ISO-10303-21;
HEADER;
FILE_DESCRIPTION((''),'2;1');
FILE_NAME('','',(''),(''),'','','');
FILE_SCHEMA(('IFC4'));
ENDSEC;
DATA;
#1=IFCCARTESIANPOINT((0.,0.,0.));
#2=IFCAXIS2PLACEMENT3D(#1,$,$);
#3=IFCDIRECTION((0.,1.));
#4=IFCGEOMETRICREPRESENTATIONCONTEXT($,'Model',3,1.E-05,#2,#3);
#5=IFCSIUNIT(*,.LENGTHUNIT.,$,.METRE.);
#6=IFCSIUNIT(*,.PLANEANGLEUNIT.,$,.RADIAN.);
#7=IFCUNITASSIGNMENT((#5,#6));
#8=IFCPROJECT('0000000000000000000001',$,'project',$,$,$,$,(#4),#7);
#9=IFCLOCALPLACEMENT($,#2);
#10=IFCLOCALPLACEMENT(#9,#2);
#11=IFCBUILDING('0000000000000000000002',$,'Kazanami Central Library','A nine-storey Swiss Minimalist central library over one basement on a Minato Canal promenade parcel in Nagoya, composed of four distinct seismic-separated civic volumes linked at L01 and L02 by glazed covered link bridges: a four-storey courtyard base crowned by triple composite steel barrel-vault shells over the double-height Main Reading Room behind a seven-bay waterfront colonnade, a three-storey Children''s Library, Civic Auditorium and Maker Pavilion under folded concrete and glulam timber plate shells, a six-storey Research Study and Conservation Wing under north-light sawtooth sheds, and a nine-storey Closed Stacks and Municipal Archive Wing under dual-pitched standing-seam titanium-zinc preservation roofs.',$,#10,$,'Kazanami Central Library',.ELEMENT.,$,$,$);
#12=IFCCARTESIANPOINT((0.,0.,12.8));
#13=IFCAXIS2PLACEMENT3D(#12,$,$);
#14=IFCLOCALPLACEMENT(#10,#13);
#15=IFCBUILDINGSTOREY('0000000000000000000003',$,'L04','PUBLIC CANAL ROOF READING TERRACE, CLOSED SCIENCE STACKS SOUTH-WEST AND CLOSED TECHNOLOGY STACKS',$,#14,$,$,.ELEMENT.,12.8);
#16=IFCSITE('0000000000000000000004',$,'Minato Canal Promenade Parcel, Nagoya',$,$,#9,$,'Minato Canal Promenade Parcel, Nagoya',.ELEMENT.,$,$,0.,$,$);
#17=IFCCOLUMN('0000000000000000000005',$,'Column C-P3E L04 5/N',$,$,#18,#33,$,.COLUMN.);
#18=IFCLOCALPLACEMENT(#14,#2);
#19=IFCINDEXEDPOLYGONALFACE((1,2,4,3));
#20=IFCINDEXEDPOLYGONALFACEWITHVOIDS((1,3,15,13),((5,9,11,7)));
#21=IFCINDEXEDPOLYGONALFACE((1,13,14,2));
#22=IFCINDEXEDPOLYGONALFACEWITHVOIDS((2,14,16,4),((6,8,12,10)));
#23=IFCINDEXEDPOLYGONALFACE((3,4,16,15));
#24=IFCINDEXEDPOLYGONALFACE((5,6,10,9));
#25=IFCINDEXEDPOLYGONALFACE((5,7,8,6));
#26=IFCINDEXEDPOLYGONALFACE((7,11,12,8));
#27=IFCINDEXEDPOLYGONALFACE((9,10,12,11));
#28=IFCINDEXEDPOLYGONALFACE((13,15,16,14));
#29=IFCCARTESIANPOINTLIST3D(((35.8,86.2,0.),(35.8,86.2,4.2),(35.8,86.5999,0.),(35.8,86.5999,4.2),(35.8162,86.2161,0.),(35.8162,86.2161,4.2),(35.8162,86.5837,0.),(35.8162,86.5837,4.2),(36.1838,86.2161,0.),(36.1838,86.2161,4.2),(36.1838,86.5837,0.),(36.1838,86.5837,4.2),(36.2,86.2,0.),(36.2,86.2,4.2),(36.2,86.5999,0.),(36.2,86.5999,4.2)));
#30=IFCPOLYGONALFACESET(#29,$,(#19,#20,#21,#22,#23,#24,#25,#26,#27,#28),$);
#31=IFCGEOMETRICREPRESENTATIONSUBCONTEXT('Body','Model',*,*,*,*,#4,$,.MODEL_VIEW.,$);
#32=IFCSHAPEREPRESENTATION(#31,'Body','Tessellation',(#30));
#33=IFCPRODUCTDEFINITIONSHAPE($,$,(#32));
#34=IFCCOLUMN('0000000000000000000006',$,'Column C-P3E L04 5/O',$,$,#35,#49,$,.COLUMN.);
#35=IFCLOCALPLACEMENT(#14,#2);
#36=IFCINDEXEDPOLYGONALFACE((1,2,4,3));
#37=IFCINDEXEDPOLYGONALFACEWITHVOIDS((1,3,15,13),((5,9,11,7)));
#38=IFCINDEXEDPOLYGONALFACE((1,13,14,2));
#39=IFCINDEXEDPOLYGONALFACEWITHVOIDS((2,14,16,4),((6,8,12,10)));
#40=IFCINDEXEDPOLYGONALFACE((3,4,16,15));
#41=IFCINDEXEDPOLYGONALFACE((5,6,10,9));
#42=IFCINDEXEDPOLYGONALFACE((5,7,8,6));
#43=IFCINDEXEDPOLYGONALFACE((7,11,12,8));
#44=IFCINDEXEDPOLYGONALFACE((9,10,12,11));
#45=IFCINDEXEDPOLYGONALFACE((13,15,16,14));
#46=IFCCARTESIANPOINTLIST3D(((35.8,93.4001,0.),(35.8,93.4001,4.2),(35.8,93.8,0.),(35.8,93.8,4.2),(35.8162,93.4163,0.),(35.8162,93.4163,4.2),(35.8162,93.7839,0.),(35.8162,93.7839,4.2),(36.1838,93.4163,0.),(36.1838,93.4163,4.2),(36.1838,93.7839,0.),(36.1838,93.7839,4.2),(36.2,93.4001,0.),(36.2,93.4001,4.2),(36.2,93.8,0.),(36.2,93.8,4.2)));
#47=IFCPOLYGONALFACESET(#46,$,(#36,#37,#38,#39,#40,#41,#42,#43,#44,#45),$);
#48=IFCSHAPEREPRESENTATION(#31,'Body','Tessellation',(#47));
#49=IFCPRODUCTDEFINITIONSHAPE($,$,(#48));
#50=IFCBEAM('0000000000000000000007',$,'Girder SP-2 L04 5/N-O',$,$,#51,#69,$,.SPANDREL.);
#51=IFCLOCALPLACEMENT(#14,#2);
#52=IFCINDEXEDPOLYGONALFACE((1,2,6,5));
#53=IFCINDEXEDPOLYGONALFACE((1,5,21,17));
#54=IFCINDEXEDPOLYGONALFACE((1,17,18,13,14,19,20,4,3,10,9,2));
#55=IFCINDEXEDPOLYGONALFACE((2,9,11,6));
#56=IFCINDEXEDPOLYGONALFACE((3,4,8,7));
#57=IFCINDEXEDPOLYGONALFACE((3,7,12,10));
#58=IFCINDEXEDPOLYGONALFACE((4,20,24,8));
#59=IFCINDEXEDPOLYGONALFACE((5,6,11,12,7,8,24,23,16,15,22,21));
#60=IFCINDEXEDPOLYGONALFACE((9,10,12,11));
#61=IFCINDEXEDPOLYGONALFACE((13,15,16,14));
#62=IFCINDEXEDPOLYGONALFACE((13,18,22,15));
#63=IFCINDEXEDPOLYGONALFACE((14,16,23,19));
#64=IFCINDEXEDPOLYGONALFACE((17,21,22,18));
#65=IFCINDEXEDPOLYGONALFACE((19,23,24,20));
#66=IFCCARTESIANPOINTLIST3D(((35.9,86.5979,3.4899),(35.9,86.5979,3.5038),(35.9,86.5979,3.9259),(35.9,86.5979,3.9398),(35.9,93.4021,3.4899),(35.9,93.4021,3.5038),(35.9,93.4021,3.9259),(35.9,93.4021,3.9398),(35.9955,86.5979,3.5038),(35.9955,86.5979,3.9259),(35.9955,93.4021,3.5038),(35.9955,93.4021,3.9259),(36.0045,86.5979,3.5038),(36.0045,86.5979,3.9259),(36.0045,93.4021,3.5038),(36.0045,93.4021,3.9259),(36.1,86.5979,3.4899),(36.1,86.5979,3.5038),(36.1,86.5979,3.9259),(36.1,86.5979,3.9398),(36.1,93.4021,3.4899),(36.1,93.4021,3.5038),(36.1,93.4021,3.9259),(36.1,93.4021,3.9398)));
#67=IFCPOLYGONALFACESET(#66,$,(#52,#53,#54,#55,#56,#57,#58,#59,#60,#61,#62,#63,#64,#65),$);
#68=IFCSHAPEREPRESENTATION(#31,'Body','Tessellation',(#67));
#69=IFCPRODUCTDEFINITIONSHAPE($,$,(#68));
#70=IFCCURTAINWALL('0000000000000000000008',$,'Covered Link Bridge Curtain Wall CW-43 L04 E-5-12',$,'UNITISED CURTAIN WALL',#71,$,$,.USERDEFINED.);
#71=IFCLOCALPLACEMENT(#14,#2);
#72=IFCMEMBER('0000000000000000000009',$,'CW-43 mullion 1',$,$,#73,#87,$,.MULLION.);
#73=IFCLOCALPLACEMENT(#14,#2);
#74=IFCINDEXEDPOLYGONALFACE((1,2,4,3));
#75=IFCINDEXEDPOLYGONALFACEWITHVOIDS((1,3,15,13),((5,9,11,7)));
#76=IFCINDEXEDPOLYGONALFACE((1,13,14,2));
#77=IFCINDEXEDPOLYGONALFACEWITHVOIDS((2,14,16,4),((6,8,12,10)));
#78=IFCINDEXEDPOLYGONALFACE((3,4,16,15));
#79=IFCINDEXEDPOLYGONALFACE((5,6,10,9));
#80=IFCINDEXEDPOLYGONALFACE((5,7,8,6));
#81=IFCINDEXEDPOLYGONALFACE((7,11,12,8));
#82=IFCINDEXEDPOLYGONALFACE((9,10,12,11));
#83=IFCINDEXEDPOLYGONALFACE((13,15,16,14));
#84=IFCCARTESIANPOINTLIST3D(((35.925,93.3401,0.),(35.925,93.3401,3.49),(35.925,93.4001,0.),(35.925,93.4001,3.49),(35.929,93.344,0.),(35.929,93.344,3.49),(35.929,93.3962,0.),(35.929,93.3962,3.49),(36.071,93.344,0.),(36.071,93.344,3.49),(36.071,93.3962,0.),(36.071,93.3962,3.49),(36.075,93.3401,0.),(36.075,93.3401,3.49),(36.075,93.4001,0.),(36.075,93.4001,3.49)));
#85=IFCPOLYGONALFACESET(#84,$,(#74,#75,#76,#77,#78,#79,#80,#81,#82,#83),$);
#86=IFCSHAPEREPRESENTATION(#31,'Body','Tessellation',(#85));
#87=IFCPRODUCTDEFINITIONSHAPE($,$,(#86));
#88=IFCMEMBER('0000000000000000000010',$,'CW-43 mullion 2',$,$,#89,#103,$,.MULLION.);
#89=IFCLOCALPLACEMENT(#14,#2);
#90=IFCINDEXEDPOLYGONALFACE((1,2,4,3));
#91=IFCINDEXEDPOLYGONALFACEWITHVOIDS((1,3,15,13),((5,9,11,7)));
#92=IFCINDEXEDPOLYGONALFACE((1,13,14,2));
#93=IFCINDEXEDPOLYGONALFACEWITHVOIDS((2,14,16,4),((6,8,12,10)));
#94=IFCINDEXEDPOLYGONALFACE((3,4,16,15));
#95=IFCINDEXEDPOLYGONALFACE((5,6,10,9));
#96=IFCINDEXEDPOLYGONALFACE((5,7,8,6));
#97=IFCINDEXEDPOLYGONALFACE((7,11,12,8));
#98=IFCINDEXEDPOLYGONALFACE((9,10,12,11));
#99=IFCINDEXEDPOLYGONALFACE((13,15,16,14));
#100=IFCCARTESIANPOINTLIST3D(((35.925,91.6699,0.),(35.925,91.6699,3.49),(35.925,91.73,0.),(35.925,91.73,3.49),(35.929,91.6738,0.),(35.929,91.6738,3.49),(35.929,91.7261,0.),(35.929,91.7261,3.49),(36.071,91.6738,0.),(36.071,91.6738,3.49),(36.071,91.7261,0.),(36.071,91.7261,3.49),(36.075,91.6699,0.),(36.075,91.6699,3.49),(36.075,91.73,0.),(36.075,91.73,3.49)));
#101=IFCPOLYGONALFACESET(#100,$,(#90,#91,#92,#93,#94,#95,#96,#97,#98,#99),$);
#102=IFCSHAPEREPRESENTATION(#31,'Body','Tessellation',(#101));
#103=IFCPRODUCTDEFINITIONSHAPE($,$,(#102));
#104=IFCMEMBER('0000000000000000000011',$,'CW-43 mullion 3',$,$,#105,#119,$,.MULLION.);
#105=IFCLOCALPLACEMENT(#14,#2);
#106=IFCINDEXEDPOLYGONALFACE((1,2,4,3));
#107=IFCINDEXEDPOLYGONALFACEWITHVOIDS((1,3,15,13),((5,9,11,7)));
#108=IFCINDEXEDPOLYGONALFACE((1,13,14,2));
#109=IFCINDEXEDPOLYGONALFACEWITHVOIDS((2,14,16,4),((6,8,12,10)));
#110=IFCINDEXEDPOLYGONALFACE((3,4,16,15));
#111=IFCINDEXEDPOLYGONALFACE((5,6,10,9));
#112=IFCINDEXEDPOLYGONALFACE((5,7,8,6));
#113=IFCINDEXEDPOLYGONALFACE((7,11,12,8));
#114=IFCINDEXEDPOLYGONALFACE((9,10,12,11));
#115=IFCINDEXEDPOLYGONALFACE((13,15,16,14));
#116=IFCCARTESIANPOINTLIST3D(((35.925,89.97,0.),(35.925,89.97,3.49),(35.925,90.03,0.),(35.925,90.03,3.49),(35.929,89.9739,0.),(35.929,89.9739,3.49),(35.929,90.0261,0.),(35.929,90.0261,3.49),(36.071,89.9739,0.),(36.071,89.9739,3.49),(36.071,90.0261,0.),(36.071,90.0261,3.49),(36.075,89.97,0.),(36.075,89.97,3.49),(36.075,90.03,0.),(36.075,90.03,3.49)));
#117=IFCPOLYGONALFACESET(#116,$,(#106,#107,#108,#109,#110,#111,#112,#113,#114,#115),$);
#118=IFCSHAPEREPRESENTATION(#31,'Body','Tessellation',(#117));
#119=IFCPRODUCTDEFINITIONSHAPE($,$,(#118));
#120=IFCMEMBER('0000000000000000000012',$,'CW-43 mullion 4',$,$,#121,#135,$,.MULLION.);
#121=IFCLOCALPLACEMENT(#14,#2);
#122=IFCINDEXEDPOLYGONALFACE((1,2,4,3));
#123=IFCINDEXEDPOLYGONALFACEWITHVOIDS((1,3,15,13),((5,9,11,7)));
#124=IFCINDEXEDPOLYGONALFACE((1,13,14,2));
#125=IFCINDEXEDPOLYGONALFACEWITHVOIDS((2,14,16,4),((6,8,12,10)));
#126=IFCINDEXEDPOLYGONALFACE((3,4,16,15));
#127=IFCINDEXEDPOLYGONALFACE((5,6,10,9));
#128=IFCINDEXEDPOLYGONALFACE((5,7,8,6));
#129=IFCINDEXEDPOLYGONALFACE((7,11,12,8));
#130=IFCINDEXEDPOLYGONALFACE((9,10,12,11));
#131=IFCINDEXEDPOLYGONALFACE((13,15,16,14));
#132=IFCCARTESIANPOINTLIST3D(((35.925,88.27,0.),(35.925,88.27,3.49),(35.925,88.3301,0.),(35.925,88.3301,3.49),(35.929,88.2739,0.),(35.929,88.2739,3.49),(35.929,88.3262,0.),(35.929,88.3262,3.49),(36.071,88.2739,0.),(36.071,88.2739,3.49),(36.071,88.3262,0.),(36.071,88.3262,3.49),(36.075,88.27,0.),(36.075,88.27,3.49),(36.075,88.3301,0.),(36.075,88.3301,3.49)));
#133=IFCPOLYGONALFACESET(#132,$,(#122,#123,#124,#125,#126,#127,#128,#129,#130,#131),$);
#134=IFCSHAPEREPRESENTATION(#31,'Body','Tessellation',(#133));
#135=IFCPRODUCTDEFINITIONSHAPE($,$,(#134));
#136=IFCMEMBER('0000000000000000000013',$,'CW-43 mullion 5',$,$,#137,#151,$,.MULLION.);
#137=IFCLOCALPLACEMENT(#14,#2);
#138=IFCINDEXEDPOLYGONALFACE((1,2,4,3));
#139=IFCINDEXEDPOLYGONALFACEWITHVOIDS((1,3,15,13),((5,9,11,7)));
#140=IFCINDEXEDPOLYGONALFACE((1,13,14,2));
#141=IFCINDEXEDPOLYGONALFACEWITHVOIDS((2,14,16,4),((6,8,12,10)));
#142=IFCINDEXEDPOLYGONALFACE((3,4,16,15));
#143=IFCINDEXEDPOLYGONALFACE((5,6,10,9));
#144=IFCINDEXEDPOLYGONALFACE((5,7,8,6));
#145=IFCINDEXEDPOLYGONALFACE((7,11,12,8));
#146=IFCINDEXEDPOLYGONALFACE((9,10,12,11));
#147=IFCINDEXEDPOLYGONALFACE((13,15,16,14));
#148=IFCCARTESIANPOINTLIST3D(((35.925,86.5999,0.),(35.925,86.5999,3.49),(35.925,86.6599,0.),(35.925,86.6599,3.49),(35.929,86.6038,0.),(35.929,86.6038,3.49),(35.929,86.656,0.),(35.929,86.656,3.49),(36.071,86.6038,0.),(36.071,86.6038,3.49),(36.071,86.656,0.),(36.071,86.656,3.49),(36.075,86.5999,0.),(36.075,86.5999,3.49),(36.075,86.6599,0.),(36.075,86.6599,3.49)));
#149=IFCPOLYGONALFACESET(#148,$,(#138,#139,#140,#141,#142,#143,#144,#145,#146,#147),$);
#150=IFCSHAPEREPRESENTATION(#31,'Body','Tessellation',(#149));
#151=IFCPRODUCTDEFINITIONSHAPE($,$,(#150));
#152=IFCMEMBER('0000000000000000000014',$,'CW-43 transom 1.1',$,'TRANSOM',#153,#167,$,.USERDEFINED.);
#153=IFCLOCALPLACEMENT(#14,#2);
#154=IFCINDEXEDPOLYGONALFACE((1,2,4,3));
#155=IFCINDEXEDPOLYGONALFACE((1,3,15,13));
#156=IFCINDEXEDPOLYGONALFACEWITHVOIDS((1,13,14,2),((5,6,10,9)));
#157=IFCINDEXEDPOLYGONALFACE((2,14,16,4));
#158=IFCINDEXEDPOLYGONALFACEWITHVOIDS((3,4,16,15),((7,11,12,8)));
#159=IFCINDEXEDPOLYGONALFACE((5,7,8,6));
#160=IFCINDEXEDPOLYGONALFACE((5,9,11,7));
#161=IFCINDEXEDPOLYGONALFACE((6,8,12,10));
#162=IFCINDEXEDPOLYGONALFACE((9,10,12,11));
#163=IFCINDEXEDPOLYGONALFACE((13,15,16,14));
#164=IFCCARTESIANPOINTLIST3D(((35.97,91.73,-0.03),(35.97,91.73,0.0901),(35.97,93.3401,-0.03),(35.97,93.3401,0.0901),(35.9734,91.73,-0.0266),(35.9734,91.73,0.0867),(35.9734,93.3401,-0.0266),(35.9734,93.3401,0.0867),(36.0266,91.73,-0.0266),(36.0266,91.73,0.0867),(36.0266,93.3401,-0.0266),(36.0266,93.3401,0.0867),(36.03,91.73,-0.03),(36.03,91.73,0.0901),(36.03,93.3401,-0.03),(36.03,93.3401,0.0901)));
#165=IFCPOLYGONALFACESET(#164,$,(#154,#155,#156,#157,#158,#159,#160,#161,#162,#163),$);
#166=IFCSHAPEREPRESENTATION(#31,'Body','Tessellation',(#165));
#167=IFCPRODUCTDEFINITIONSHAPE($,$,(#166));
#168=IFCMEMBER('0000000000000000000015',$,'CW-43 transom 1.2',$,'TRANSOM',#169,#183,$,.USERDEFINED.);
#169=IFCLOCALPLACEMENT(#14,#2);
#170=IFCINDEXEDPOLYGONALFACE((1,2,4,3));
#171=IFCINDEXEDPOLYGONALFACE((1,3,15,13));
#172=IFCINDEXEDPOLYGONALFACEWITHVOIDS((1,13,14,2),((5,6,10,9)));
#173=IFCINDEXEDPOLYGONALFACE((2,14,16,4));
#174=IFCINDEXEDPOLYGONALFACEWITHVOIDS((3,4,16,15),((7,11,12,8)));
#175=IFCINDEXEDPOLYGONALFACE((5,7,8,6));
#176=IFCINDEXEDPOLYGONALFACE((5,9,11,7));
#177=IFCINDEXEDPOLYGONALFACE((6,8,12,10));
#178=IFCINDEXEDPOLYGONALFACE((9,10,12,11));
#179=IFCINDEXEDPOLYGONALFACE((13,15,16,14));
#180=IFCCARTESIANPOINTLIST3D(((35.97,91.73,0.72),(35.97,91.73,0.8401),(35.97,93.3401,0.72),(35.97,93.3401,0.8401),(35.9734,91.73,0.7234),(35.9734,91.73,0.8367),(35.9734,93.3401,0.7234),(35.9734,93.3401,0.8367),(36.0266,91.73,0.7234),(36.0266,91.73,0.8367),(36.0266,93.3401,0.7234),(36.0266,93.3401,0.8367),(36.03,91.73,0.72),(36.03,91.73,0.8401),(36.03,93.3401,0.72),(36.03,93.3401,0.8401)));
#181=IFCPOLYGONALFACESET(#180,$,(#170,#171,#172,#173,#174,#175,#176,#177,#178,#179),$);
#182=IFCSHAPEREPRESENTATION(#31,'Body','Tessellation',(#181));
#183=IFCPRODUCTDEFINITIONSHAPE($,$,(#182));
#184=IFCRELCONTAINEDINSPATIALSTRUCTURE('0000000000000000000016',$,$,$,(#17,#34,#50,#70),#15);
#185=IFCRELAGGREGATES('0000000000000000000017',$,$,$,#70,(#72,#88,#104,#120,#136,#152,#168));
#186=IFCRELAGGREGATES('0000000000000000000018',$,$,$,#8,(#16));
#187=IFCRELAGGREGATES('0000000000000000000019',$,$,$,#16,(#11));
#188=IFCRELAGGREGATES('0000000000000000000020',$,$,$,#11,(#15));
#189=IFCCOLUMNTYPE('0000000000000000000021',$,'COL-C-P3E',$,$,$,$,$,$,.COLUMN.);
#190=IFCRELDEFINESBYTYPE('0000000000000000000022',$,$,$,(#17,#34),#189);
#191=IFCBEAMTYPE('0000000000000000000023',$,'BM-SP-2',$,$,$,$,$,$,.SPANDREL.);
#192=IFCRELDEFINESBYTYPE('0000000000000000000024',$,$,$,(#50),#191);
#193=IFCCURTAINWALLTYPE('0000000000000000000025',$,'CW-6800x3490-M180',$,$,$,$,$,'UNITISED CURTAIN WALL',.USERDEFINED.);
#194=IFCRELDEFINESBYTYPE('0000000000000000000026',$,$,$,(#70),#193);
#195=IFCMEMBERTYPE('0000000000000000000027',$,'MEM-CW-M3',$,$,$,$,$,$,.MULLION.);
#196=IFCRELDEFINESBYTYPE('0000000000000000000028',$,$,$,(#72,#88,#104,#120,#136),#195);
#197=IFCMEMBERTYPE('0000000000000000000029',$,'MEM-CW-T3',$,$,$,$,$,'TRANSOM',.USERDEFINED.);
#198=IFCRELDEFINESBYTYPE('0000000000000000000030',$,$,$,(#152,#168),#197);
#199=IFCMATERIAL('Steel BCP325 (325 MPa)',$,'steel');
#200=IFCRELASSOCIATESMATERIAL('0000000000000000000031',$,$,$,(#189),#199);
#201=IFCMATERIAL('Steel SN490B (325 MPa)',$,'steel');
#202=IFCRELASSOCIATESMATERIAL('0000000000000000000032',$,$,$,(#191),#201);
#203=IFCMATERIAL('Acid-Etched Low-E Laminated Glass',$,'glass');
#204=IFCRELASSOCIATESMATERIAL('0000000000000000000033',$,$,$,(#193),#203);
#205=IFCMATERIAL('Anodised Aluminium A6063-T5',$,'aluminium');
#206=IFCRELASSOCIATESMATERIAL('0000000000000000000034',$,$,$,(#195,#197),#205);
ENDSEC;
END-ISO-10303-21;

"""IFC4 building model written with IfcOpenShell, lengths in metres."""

from ifc_helpers import new_model, si_unit, direction, frame, origin, origin_2d, place, context, subcontext, project, spatial, hollow_rectangle, i_section, extrude, material, material_profile, profile_set, type_object, element, aggregate, save


model = new_model("IFC4")

# Units and contexts
model_context = context("Model", 3, precision=1e-05, world=origin(), true_north=direction((0.0, 1.0)))
body_context = subcontext(model_context, "Body", "Model", "MODEL_VIEW")
ifc_project = project(units=[si_unit("LENGTHUNIT", "METRE"), si_unit("PLANEANGLEUNIT", "RADIAN")], contexts=[model_context])

# Site, building, storey
site_placement = place(None, origin())
site = spatial("IfcSite", under=ifc_project, at=site_placement, Name="Minato Canal Promenade Parcel, Nagoya", LongName="Minato Canal Promenade Parcel, Nagoya", CompositionType="ELEMENT", RefElevation=0.0)
building_placement = place(site_placement, origin())
building = spatial("IfcBuilding", under=site, at=building_placement, Name="Kazanami Central Library", Description="A nine-storey Swiss Minimalist central library over one basement on a Minato Canal promenade parcel in Nagoya, composed of four distinct seismic-separated civic volumes linked at L01 and L02 by glazed covered link bridges: a four-storey courtyard base crowned by triple composite steel barrel-vault shells over the double-height Main Reading Room behind a seven-bay waterfront colonnade, a three-storey Children's Library, Civic Auditorium and Maker Pavilion under folded concrete and glulam timber plate shells, a six-storey Research Study and Conservation Wing under north-light sawtooth sheds, and a nine-storey Closed Stacks and Municipal Archive Wing under dual-pitched standing-seam titanium-zinc preservation roofs.", LongName="Kazanami Central Library", CompositionType="ELEMENT")
storey_placement = place(building_placement, frame((0.0, 0.0, 12.8)))
storey = spatial("IfcBuildingStorey", under=building, at=storey_placement, Name="L04", Description="PUBLIC CANAL ROOF READING TERRACE, CLOSED SCIENCE STACKS SOUTH-WEST AND CLOSED TECHNOLOGY STACKS", CompositionType="ELEMENT", Elevation=12.8)

# Columns
ifc_material_1 = material(Name="Steel BCP325 (325 MPa)", Category="steel")
ifc_material_profile_1 = material_profile(ifc_material_1, hollow_rectangle(XDim=0.3999, YDim=0.3999, WallThickness=0.0161, at=origin_2d()), Name="BCP-400x400x16")
ifc_profile_set_1 = profile_set([ifc_material_profile_1], Name="Steel BCP325 (325 MPa)")
column_type = type_object("IfcColumnType", Name="COL-C-P3E", PredefinedType="COLUMN", material=ifc_profile_set_1)
for number, where, z_axis, x_axis, name in (
    (1, (36.0, 86.3999, 0.0), (0.0, 0.0, 1.0), (1.0, 0.0, 0.0), "Column C-P3E L04 5/N"),
    (2, (36.0, 93.6001, 0.0), (0.0, 0.0, 1.0), (1.0, 0.0, 0.0), "Column C-P3E L04 5/O"),
):
    element("IfcColumn", number, at=place(storey_placement, frame(where, z_axis=z_axis, x_axis=x_axis)), inside=storey, type_object=column_type, Name=name, PredefinedType="COLUMN", context=body_context, shape_type="SweptSolid", body=[
        extrude(hollow_rectangle(XDim=0.3999, YDim=0.3999, WallThickness=0.0161, at=origin_2d()), origin(), (0.0, 0.0, 1.0), 4.2),
    ])

# Beam
ifc_material_2 = material(Name="Steel SN490B (325 MPa)", Category="steel")
ifc_material_profile_2 = material_profile(ifc_material_2, i_section(OverallWidth=0.2, OverallDepth=0.45, WebThickness=0.009, FlangeThickness=0.0139, at=origin_2d()), Name="H-450x200x9x14")
ifc_profile_set_2 = profile_set([ifc_material_profile_2], Name="Steel SN490B (325 MPa)")
beam_type = type_object("IfcBeamType", Name="BM-SP-2", PredefinedType="SPANDREL", material=ifc_profile_set_2)
beam_placement = place(storey_placement, frame((36.0, 86.5979, 3.7148), z_axis=(0.0, 1.0, 0.0), x_axis=(-1.0, 0.0, 0.0)))
element("IfcBeam", 3, at=beam_placement, inside=storey, type_object=beam_type, Name="Girder SP-2 L04 5/N-O", PredefinedType="SPANDREL", context=body_context, shape_type="SweptSolid", body=[
    extrude(i_section(OverallWidth=0.2, OverallDepth=0.45, WebThickness=0.009, FlangeThickness=0.0139, at=origin_2d()), origin(), (0.0, 0.0, 1.0), 6.8042),
])

# Curtain wall, members
ifc_material_3 = material(Name="Acid-Etched Low-E Laminated Glass", Category="glass")
curtain_wall_type = type_object("IfcCurtainWallType", Name="CW-6800x3490-M180", ElementType="UNITISED CURTAIN WALL", PredefinedType="USERDEFINED", material=ifc_material_3)
curtain_wall_placement = place(storey_placement, origin())
curtain_wall = element("IfcCurtainWall", 4, at=curtain_wall_placement, inside=storey, type_object=curtain_wall_type, Name="Covered Link Bridge Curtain Wall CW-43 L04 E-5-12", ObjectType="UNITISED CURTAIN WALL", PredefinedType="USERDEFINED")
ifc_material_4 = material(Name="Anodised Aluminium A6063-T5", Category="aluminium")
ifc_material_profile_3 = material_profile(ifc_material_4, hollow_rectangle(XDim=0.0601, YDim=0.1499, WallThickness=0.0039, at=origin_2d()), Name="ALU-MULL-60x150x4")
ifc_profile_set_3 = profile_set([ifc_material_profile_3], Name="Anodised Aluminium A6063-T5")
member_type_1 = type_object("IfcMemberType", Name="MEM-CW-M3", PredefinedType="MULLION", material=ifc_profile_set_3)
member_1_placement = place(storey_placement, frame((36.0, 93.3701, 0.0), z_axis=(0.0, 0.0, 1.0), x_axis=(0.0, -1.0, 0.0)))
member_1 = element("IfcMember", 5, at=member_1_placement, type_object=member_type_1, Name="CW-43 mullion 1", PredefinedType="MULLION", context=body_context, shape_type="SweptSolid", body=[
    extrude(hollow_rectangle(XDim=0.0601, YDim=0.1499, WallThickness=0.0039, at=origin_2d()), origin(), (0.0, 0.0, 1.0), 3.49),
])
member_2_placement = place(storey_placement, frame((36.0, 91.7, 0.0), z_axis=(0.0, 0.0, 1.0), x_axis=(0.0, -1.0, 0.0)))
member_2 = element("IfcMember", 6, at=member_2_placement, type_object=member_type_1, Name="CW-43 mullion 2", PredefinedType="MULLION", context=body_context, shape_type="SweptSolid", body=[
    extrude(hollow_rectangle(XDim=0.0601, YDim=0.1499, WallThickness=0.0039, at=origin_2d()), origin(), (0.0, 0.0, 1.0), 3.49),
])
member_3_placement = place(storey_placement, frame((36.0, 90.0, 0.0), z_axis=(0.0, 0.0, 1.0), x_axis=(0.0, -1.0, 0.0)))
member_3 = element("IfcMember", 7, at=member_3_placement, type_object=member_type_1, Name="CW-43 mullion 3", PredefinedType="MULLION", context=body_context, shape_type="SweptSolid", body=[
    extrude(hollow_rectangle(XDim=0.0601, YDim=0.1499, WallThickness=0.0039, at=origin_2d()), origin(), (0.0, 0.0, 1.0), 3.49),
])
member_4_placement = place(storey_placement, frame((36.0, 88.3, 0.0), z_axis=(0.0, 0.0, 1.0), x_axis=(0.0, -1.0, 0.0)))
member_4 = element("IfcMember", 8, at=member_4_placement, type_object=member_type_1, Name="CW-43 mullion 4", PredefinedType="MULLION", context=body_context, shape_type="SweptSolid", body=[
    extrude(hollow_rectangle(XDim=0.0601, YDim=0.1499, WallThickness=0.0039, at=origin_2d()), origin(), (0.0, 0.0, 1.0), 3.49),
])
member_5_placement = place(storey_placement, frame((36.0, 86.6299, 0.0), z_axis=(0.0, 0.0, 1.0), x_axis=(0.0, -1.0, 0.0)))
member_5 = element("IfcMember", 9, at=member_5_placement, type_object=member_type_1, Name="CW-43 mullion 5", PredefinedType="MULLION", context=body_context, shape_type="SweptSolid", body=[
    extrude(hollow_rectangle(XDim=0.0601, YDim=0.1499, WallThickness=0.0039, at=origin_2d()), origin(), (0.0, 0.0, 1.0), 3.49),
])
ifc_material_profile_4 = material_profile(ifc_material_4, hollow_rectangle(XDim=0.0601, YDim=0.1201, WallThickness=0.0034, at=origin_2d()), Name="ALU-TRAN-60x120x3.5")
ifc_profile_set_4 = profile_set([ifc_material_profile_4], Name="Anodised Aluminium A6063-T5")
member_type_2 = type_object("IfcMemberType", Name="MEM-CW-T3", ElementType="TRANSOM", PredefinedType="USERDEFINED", material=ifc_profile_set_4)
member_6_placement = place(storey_placement, frame((36.0, 93.3401, 0.03), z_axis=(0.0, -1.0, 0.0), x_axis=(1.0, 0.0, 0.0)))
member_6 = element("IfcMember", 10, at=member_6_placement, type_object=member_type_2, Name="CW-43 transom 1.1", ObjectType="TRANSOM", PredefinedType="USERDEFINED", context=body_context, shape_type="SweptSolid", body=[
    extrude(hollow_rectangle(XDim=0.0601, YDim=0.1201, WallThickness=0.0034, at=origin_2d()), origin(), (0.0, 0.0, 1.0), 1.6101),
])
member_7_placement = place(storey_placement, frame((36.0, 93.3401, 0.78), z_axis=(0.0, -1.0, 0.0), x_axis=(1.0, 0.0, 0.0)))
member_7 = element("IfcMember", 11, at=member_7_placement, type_object=member_type_2, Name="CW-43 transom 1.2", ObjectType="TRANSOM", PredefinedType="USERDEFINED", context=body_context, shape_type="SweptSolid", body=[
    extrude(hollow_rectangle(XDim=0.0601, YDim=0.1201, WallThickness=0.0034, at=origin_2d()), origin(), (0.0, 0.0, 1.0), 1.6101),
])
aggregate(curtain_wall, [member_1, member_2, member_3, member_4, member_5, member_6, member_7])

save(model, "model.ifc")
